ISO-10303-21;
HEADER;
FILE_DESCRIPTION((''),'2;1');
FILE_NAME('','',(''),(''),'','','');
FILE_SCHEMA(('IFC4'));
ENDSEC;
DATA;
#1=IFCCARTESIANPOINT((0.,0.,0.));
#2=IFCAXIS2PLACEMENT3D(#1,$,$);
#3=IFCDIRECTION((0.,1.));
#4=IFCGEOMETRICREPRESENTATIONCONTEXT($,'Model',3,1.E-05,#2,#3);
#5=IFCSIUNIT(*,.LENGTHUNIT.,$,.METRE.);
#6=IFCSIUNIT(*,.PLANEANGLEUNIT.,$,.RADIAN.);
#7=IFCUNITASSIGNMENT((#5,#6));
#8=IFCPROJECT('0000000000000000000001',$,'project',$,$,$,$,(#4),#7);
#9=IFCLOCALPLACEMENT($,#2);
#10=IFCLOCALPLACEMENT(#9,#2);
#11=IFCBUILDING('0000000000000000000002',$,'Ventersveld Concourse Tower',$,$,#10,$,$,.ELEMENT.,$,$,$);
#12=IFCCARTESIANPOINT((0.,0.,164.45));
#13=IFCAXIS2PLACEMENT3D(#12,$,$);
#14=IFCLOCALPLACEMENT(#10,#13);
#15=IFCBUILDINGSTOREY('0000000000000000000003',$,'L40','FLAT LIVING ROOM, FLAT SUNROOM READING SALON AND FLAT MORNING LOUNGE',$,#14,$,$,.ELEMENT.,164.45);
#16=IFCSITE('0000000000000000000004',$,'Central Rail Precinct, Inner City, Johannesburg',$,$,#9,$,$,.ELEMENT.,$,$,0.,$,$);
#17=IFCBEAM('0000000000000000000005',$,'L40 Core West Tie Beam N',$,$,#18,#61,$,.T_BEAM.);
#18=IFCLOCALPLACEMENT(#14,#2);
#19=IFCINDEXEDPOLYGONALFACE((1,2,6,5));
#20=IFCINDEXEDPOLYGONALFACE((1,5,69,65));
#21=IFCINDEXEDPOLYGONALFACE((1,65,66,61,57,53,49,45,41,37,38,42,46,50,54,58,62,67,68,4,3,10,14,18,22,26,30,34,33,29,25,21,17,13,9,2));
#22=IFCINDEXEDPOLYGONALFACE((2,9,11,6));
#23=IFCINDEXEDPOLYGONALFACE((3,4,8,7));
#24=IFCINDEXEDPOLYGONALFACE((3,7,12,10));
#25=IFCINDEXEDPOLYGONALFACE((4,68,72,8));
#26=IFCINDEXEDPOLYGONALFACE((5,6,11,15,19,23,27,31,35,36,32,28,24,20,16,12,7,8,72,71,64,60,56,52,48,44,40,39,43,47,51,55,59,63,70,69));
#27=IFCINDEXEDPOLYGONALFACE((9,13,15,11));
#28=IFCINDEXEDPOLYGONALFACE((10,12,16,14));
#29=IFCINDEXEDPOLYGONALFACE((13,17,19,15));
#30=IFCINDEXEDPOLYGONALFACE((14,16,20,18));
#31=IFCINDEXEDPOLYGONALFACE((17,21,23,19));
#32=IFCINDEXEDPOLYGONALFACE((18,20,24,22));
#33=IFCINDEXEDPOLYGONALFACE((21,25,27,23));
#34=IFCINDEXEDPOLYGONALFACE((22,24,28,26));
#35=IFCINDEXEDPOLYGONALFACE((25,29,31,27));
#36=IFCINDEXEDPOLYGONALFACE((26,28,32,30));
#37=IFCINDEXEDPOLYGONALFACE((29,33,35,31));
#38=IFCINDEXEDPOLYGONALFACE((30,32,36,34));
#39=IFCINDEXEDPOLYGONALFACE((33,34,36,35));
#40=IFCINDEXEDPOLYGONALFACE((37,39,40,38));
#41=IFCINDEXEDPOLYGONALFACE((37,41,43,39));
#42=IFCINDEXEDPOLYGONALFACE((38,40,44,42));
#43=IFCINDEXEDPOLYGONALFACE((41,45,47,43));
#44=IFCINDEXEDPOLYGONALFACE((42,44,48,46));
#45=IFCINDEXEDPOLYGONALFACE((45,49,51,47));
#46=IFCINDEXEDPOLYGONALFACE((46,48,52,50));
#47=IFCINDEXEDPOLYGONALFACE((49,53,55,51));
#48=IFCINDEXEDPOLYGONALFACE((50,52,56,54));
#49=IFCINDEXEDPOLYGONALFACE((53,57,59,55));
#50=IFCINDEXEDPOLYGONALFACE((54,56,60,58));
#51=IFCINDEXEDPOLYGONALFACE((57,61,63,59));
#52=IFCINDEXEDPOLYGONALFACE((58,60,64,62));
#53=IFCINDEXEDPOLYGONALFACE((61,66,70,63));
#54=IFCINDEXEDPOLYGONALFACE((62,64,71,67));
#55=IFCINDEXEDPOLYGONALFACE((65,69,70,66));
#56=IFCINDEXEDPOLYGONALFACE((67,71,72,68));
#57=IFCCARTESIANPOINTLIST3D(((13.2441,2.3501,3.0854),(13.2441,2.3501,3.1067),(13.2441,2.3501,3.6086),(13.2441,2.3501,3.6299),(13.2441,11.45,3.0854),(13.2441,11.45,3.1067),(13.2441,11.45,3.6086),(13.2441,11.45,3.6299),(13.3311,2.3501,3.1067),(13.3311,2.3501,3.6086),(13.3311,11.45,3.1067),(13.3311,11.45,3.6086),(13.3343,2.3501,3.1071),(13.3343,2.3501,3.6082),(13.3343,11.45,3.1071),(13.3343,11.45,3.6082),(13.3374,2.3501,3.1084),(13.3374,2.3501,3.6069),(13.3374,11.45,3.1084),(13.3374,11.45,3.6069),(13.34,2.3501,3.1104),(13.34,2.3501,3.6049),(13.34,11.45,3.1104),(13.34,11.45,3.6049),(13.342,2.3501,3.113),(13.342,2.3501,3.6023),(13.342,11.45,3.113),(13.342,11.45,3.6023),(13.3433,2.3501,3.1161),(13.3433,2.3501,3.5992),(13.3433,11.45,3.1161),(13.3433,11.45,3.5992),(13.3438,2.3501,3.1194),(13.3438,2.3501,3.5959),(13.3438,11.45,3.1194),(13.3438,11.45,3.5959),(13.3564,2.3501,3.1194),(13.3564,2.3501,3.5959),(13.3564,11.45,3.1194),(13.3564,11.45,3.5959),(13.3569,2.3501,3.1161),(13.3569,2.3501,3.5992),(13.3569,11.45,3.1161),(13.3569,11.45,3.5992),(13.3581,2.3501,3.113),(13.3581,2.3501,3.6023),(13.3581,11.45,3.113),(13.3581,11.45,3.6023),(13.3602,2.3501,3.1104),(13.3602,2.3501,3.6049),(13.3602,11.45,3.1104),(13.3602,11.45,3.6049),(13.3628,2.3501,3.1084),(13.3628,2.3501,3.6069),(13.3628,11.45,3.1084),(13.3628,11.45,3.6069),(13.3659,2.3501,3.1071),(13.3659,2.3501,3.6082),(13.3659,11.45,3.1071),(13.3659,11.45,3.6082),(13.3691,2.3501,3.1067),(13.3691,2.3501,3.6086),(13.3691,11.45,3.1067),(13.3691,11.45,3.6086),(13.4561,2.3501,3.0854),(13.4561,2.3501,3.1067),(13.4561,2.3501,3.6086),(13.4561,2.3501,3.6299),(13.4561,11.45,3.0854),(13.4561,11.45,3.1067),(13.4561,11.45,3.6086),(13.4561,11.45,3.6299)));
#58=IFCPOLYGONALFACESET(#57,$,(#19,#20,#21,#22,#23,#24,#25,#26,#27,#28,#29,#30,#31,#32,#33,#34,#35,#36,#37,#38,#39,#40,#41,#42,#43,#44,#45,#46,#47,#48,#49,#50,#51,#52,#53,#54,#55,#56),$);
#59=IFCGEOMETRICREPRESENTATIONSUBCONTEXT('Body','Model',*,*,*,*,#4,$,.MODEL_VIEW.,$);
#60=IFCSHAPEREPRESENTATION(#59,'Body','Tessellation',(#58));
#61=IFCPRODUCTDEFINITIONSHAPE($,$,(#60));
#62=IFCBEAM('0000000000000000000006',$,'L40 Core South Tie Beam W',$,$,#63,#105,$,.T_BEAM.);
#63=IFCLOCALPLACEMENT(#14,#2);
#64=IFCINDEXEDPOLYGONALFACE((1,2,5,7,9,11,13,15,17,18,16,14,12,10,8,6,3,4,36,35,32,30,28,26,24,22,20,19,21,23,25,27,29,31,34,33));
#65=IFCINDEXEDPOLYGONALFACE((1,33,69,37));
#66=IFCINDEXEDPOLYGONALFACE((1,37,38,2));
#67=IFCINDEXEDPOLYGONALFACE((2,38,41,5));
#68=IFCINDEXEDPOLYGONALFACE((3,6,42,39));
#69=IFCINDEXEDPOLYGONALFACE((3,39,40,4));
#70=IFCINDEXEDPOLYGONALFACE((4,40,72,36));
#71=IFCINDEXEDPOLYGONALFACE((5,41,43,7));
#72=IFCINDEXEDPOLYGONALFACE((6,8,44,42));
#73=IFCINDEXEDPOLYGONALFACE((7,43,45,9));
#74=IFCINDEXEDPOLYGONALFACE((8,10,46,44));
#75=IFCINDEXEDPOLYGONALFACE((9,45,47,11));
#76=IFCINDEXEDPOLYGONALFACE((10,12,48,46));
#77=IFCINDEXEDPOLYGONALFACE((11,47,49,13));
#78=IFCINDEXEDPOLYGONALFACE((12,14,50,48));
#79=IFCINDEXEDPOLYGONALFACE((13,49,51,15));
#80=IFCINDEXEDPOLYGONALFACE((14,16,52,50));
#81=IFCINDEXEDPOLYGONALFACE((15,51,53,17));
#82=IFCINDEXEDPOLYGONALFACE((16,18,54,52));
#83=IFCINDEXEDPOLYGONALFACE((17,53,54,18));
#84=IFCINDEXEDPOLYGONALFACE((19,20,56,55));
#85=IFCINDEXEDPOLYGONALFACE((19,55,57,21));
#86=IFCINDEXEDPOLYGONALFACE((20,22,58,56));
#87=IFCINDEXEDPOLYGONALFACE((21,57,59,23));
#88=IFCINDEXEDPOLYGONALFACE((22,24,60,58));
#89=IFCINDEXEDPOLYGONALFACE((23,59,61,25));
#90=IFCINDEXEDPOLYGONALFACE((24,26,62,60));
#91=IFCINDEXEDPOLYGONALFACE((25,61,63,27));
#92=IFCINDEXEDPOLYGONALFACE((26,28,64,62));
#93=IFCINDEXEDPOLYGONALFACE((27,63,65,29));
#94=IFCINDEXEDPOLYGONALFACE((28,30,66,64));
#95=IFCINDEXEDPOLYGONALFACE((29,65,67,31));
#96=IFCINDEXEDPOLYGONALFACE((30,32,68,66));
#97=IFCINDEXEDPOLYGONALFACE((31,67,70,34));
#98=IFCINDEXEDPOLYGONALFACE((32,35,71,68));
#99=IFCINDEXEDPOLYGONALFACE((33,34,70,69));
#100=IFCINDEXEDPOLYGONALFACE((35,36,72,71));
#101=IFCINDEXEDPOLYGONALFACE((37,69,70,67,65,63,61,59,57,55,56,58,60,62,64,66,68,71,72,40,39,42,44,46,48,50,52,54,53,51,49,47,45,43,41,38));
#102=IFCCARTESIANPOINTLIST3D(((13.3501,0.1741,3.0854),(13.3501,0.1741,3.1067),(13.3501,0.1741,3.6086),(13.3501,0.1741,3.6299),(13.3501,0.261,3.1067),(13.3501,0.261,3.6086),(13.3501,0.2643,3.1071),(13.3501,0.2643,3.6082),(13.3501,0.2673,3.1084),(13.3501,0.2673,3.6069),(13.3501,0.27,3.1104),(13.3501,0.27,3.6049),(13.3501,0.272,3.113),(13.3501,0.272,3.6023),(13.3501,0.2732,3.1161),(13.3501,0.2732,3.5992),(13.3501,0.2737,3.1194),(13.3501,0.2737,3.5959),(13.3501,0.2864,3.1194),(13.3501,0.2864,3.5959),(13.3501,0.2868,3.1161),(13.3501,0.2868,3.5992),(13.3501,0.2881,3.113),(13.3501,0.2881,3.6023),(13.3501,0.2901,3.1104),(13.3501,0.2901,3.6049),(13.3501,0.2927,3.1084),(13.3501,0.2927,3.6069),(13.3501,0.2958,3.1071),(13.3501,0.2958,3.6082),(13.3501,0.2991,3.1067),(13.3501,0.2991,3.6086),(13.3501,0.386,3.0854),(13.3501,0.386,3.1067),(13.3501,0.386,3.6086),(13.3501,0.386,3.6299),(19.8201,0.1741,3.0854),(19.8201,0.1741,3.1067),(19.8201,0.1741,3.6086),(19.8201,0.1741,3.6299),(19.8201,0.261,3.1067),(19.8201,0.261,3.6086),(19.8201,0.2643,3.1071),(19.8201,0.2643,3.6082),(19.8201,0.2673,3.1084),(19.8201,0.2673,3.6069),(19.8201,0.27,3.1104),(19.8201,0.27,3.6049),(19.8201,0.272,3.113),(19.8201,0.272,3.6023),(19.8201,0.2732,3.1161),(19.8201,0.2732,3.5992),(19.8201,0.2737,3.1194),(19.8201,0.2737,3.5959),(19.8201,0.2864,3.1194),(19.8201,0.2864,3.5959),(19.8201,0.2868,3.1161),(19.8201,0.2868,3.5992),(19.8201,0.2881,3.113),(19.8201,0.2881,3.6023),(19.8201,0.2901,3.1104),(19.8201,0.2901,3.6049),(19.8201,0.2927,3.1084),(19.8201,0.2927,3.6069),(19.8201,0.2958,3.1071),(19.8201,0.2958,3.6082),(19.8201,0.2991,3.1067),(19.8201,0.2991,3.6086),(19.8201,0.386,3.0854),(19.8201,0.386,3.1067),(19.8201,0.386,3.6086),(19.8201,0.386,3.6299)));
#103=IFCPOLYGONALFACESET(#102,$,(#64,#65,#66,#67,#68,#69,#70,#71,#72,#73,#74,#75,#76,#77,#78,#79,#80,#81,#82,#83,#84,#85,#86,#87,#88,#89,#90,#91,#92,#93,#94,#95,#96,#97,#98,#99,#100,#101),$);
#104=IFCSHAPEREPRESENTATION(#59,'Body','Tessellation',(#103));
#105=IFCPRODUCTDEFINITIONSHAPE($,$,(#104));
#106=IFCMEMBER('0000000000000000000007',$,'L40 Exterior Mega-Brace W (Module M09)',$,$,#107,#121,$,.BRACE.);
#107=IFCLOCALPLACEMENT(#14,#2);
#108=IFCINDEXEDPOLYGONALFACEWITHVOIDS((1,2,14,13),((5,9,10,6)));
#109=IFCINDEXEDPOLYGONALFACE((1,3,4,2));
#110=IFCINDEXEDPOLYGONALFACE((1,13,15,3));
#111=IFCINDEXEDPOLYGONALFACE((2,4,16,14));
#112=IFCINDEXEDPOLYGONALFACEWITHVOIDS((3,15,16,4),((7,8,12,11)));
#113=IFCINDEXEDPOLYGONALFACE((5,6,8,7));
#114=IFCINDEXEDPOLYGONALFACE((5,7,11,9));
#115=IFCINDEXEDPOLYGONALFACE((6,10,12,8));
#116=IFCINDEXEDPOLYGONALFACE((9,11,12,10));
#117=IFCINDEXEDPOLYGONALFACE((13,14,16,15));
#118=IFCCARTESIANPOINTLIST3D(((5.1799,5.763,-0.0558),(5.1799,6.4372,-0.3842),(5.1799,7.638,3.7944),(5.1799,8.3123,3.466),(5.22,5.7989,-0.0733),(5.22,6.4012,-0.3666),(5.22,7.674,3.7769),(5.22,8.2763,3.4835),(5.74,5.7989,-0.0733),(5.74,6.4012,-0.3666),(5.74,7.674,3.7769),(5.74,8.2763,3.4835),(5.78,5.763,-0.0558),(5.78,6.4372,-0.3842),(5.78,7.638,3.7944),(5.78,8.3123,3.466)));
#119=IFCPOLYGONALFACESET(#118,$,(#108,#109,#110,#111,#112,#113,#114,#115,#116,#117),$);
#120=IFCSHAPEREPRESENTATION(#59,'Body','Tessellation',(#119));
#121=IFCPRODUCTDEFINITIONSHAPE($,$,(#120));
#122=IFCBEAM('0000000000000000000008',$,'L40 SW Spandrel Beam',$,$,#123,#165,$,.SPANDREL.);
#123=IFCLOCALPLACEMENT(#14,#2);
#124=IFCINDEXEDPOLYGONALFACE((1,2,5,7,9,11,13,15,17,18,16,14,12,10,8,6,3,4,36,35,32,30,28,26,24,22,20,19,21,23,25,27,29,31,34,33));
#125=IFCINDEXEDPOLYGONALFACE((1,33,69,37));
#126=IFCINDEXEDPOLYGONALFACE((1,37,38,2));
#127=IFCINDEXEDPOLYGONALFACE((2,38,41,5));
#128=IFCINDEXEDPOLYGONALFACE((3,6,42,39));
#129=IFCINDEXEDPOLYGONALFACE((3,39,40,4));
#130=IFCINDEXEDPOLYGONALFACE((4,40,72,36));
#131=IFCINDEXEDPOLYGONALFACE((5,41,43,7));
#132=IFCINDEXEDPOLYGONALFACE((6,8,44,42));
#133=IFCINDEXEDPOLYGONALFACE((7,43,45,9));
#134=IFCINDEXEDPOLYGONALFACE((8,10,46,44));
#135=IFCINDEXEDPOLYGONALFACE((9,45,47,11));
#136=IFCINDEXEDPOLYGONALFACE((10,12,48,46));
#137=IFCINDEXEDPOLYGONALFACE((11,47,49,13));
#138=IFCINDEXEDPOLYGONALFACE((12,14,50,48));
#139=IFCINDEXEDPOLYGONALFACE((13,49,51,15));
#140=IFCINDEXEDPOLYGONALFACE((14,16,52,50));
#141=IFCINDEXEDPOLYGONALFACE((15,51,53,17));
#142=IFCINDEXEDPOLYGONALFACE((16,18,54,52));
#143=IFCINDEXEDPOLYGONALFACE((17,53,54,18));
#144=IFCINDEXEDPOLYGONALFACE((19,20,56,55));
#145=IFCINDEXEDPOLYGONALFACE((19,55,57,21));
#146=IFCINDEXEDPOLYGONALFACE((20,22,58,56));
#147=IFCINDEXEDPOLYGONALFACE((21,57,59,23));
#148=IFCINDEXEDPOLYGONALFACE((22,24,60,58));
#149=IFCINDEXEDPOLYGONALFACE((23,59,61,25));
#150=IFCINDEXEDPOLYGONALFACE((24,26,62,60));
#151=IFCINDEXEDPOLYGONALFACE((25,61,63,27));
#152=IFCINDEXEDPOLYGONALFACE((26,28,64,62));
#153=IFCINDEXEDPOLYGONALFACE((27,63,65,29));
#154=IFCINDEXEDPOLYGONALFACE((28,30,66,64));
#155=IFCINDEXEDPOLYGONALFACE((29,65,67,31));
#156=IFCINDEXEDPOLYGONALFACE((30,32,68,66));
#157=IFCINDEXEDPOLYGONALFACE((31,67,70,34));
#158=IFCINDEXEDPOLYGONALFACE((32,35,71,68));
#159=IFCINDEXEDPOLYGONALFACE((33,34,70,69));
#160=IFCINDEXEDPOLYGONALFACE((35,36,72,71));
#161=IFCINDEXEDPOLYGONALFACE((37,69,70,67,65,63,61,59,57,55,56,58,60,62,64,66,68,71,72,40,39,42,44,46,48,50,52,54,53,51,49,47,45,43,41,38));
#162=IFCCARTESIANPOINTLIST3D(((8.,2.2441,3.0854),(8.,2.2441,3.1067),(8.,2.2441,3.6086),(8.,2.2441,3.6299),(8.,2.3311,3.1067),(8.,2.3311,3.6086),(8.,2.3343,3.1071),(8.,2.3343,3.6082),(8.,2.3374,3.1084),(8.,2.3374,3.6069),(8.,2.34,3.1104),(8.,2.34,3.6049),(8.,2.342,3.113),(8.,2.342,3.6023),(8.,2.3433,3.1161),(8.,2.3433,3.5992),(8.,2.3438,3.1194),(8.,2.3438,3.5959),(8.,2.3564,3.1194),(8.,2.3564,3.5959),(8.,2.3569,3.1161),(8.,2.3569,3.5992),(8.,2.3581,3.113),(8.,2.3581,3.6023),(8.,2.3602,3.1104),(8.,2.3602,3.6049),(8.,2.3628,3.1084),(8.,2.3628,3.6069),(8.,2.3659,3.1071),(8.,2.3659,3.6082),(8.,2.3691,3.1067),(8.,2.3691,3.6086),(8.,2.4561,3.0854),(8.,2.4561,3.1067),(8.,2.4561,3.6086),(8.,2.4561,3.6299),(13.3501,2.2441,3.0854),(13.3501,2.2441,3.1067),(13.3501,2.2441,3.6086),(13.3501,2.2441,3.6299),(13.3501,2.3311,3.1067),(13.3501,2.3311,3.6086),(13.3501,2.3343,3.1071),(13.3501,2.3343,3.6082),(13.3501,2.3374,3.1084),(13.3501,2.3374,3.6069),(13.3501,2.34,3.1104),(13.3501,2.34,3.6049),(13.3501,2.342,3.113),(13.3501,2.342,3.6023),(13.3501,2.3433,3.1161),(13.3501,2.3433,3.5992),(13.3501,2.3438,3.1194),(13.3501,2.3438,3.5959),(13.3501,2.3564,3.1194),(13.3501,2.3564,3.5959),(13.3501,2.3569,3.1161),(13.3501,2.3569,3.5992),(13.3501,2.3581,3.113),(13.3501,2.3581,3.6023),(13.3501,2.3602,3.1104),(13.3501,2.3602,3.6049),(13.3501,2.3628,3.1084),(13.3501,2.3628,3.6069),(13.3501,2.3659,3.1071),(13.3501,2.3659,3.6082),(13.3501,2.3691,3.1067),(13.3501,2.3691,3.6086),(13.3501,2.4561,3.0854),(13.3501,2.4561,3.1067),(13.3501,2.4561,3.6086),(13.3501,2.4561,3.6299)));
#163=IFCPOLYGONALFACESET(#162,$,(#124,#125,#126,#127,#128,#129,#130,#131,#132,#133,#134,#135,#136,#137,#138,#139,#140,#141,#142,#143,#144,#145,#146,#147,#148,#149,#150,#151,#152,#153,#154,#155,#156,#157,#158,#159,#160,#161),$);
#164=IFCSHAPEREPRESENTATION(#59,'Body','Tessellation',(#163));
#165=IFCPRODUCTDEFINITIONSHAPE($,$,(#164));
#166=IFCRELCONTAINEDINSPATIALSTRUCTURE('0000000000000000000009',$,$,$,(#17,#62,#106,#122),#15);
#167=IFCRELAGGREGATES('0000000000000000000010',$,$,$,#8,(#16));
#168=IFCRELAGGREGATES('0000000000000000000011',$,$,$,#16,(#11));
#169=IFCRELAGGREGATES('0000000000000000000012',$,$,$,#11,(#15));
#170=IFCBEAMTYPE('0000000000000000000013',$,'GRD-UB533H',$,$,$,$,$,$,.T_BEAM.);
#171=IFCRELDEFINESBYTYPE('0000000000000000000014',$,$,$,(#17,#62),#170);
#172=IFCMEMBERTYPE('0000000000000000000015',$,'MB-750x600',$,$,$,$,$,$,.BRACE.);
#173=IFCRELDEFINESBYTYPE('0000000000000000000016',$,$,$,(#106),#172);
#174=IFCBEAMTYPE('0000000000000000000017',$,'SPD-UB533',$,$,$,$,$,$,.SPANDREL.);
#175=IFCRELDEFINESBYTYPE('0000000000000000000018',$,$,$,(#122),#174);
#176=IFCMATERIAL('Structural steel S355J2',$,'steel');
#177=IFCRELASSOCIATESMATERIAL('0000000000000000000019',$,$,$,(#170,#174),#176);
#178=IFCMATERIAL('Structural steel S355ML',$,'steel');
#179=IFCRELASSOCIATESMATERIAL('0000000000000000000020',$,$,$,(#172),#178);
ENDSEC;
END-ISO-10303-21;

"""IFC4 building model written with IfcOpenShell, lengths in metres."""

from ifc_helpers import new_model, si_unit, direction, frame, origin, origin_2d, place, context, subcontext, project, spatial, hollow_rectangle, i_section, extrude, material, material_profile, profile_set, type_object, element, save


model = new_model("IFC4")

# Units and contexts
model_context = context("Model", 3, precision=1e-05, world=origin(), true_north=direction((0.0, 1.0)))
body_context = subcontext(model_context, "Body", "Model", "MODEL_VIEW")
ifc_project = project(units=[si_unit("LENGTHUNIT", "METRE"), si_unit("PLANEANGLEUNIT", "RADIAN")], contexts=[model_context])

# Site, building, storey
site_placement = place(None, origin())
site = spatial("IfcSite", under=ifc_project, at=site_placement, Name="Central Rail Precinct, Inner City, Johannesburg", CompositionType="ELEMENT", RefElevation=0.0)
building_placement = place(site_placement, origin())
building = spatial("IfcBuilding", under=site, at=building_placement, Name="Ventersveld Concourse Tower", CompositionType="ELEMENT")
storey_placement = place(building_placement, frame((0.0, 0.0, 164.45)))
storey = spatial("IfcBuildingStorey", under=building, at=storey_placement, Name="L40", Description="FLAT LIVING ROOM, FLAT SUNROOM READING SALON AND FLAT MORNING LOUNGE", CompositionType="ELEMENT", Elevation=164.45)

# Beams
ifc_material_1 = material(Name="Structural steel S355J2", Category="steel")
ifc_material_profile_1 = material_profile(ifc_material_1, i_section(OverallWidth=0.2119, OverallDepth=0.5444, WebThickness=0.0127, FlangeThickness=0.0212, FilletRadius=0.0127, at=origin_2d()), Name="UB 533x210x122")
ifc_profile_set_1 = profile_set([ifc_material_profile_1], Name="Structural steel S355J2")
beam_type_1 = type_object("IfcBeamType", Name="GRD-UB533H", PredefinedType="T_BEAM", material=ifc_profile_set_1)
beam_1_placement = place(storey_placement, frame((13.3501, 2.3501, 3.3577), z_axis=(0.0, 1.0, 0.0), x_axis=(-1.0, 0.0, 0.0)))
element("IfcBeam", 1, at=beam_1_placement, inside=storey, type_object=beam_type_1, Name="L40 Core West Tie Beam N", PredefinedType="T_BEAM", context=body_context, shape_type="SweptSolid", body=[
    extrude(i_section(OverallWidth=0.2119, OverallDepth=0.5444, WebThickness=0.0127, FlangeThickness=0.0212, FilletRadius=0.0127, at=origin_2d()), origin(), (0.0, 0.0, 1.0), 9.0999),
])
beam_2_placement = place(storey_placement, frame((13.3501, 0.28, 3.3577), z_axis=(1.0, 0.0, 0.0), x_axis=(0.0, 1.0, 0.0)))
element("IfcBeam", 2, at=beam_2_placement, inside=storey, type_object=beam_type_1, Name="L40 Core South Tie Beam W", PredefinedType="T_BEAM", context=body_context, shape_type="SweptSolid", body=[
    extrude(i_section(OverallWidth=0.2119, OverallDepth=0.5444, WebThickness=0.0127, FlangeThickness=0.0212, FilletRadius=0.0127, at=origin_2d()), origin(), (0.0, 0.0, 1.0), 6.47),
])

# Member
ifc_material_2 = material(Name="Structural steel S355ML", Category="steel")
ifc_material_profile_2 = material_profile(ifc_material_2, hollow_rectangle(XDim=0.6001, YDim=0.75, WallThickness=0.04, at=origin_2d()), Name="BOX 750x600x40")
ifc_profile_set_2 = profile_set([ifc_material_profile_2], Name="Structural steel S355ML")
member_type = type_object("IfcMemberType", Name="MB-750x600", PredefinedType="BRACE", material=ifc_profile_set_2)
member_placement = place(storey_placement, frame((5.48, 6.1001, -0.22), z_axis=(0.0, 0.437839, 0.899053), x_axis=(-1.0, 0.0, 0.0)))
element("IfcMember", 3, at=member_placement, inside=storey, type_object=member_type, Name="L40 Exterior Mega-Brace W (Module M09)", PredefinedType="BRACE", context=body_context, shape_type="SweptSolid", body=[
    extrude(hollow_rectangle(XDim=0.6001, YDim=0.75, WallThickness=0.04, at=origin_2d()), origin(), (0.0, 0.0, 1.0), 4.2825),
])

# Beam
ifc_material_profile_3 = material_profile(ifc_material_1, i_section(OverallWidth=0.2119, OverallDepth=0.5444, WebThickness=0.0127, FlangeThickness=0.0212, FilletRadius=0.0127, at=origin_2d()), Name="UB 533x210x122")
ifc_profile_set_3 = profile_set([ifc_material_profile_3], Name="Structural steel S355J2")
beam_type_2 = type_object("IfcBeamType", Name="SPD-UB533", PredefinedType="SPANDREL", material=ifc_profile_set_3)
beam_3_placement = place(storey_placement, frame((8.0, 2.3501, 3.3577), z_axis=(1.0, 0.0, 0.0), x_axis=(0.0, 1.0, 0.0)))
element("IfcBeam", 4, at=beam_3_placement, inside=storey, type_object=beam_type_2, Name="L40 SW Spandrel Beam", PredefinedType="SPANDREL", context=body_context, shape_type="SweptSolid", body=[
    extrude(i_section(OverallWidth=0.2119, OverallDepth=0.5444, WebThickness=0.0127, FlangeThickness=0.0212, FilletRadius=0.0127, at=origin_2d()), origin(), (0.0, 0.0, 1.0), 5.3501),
])

save(model, "model.ifc")
